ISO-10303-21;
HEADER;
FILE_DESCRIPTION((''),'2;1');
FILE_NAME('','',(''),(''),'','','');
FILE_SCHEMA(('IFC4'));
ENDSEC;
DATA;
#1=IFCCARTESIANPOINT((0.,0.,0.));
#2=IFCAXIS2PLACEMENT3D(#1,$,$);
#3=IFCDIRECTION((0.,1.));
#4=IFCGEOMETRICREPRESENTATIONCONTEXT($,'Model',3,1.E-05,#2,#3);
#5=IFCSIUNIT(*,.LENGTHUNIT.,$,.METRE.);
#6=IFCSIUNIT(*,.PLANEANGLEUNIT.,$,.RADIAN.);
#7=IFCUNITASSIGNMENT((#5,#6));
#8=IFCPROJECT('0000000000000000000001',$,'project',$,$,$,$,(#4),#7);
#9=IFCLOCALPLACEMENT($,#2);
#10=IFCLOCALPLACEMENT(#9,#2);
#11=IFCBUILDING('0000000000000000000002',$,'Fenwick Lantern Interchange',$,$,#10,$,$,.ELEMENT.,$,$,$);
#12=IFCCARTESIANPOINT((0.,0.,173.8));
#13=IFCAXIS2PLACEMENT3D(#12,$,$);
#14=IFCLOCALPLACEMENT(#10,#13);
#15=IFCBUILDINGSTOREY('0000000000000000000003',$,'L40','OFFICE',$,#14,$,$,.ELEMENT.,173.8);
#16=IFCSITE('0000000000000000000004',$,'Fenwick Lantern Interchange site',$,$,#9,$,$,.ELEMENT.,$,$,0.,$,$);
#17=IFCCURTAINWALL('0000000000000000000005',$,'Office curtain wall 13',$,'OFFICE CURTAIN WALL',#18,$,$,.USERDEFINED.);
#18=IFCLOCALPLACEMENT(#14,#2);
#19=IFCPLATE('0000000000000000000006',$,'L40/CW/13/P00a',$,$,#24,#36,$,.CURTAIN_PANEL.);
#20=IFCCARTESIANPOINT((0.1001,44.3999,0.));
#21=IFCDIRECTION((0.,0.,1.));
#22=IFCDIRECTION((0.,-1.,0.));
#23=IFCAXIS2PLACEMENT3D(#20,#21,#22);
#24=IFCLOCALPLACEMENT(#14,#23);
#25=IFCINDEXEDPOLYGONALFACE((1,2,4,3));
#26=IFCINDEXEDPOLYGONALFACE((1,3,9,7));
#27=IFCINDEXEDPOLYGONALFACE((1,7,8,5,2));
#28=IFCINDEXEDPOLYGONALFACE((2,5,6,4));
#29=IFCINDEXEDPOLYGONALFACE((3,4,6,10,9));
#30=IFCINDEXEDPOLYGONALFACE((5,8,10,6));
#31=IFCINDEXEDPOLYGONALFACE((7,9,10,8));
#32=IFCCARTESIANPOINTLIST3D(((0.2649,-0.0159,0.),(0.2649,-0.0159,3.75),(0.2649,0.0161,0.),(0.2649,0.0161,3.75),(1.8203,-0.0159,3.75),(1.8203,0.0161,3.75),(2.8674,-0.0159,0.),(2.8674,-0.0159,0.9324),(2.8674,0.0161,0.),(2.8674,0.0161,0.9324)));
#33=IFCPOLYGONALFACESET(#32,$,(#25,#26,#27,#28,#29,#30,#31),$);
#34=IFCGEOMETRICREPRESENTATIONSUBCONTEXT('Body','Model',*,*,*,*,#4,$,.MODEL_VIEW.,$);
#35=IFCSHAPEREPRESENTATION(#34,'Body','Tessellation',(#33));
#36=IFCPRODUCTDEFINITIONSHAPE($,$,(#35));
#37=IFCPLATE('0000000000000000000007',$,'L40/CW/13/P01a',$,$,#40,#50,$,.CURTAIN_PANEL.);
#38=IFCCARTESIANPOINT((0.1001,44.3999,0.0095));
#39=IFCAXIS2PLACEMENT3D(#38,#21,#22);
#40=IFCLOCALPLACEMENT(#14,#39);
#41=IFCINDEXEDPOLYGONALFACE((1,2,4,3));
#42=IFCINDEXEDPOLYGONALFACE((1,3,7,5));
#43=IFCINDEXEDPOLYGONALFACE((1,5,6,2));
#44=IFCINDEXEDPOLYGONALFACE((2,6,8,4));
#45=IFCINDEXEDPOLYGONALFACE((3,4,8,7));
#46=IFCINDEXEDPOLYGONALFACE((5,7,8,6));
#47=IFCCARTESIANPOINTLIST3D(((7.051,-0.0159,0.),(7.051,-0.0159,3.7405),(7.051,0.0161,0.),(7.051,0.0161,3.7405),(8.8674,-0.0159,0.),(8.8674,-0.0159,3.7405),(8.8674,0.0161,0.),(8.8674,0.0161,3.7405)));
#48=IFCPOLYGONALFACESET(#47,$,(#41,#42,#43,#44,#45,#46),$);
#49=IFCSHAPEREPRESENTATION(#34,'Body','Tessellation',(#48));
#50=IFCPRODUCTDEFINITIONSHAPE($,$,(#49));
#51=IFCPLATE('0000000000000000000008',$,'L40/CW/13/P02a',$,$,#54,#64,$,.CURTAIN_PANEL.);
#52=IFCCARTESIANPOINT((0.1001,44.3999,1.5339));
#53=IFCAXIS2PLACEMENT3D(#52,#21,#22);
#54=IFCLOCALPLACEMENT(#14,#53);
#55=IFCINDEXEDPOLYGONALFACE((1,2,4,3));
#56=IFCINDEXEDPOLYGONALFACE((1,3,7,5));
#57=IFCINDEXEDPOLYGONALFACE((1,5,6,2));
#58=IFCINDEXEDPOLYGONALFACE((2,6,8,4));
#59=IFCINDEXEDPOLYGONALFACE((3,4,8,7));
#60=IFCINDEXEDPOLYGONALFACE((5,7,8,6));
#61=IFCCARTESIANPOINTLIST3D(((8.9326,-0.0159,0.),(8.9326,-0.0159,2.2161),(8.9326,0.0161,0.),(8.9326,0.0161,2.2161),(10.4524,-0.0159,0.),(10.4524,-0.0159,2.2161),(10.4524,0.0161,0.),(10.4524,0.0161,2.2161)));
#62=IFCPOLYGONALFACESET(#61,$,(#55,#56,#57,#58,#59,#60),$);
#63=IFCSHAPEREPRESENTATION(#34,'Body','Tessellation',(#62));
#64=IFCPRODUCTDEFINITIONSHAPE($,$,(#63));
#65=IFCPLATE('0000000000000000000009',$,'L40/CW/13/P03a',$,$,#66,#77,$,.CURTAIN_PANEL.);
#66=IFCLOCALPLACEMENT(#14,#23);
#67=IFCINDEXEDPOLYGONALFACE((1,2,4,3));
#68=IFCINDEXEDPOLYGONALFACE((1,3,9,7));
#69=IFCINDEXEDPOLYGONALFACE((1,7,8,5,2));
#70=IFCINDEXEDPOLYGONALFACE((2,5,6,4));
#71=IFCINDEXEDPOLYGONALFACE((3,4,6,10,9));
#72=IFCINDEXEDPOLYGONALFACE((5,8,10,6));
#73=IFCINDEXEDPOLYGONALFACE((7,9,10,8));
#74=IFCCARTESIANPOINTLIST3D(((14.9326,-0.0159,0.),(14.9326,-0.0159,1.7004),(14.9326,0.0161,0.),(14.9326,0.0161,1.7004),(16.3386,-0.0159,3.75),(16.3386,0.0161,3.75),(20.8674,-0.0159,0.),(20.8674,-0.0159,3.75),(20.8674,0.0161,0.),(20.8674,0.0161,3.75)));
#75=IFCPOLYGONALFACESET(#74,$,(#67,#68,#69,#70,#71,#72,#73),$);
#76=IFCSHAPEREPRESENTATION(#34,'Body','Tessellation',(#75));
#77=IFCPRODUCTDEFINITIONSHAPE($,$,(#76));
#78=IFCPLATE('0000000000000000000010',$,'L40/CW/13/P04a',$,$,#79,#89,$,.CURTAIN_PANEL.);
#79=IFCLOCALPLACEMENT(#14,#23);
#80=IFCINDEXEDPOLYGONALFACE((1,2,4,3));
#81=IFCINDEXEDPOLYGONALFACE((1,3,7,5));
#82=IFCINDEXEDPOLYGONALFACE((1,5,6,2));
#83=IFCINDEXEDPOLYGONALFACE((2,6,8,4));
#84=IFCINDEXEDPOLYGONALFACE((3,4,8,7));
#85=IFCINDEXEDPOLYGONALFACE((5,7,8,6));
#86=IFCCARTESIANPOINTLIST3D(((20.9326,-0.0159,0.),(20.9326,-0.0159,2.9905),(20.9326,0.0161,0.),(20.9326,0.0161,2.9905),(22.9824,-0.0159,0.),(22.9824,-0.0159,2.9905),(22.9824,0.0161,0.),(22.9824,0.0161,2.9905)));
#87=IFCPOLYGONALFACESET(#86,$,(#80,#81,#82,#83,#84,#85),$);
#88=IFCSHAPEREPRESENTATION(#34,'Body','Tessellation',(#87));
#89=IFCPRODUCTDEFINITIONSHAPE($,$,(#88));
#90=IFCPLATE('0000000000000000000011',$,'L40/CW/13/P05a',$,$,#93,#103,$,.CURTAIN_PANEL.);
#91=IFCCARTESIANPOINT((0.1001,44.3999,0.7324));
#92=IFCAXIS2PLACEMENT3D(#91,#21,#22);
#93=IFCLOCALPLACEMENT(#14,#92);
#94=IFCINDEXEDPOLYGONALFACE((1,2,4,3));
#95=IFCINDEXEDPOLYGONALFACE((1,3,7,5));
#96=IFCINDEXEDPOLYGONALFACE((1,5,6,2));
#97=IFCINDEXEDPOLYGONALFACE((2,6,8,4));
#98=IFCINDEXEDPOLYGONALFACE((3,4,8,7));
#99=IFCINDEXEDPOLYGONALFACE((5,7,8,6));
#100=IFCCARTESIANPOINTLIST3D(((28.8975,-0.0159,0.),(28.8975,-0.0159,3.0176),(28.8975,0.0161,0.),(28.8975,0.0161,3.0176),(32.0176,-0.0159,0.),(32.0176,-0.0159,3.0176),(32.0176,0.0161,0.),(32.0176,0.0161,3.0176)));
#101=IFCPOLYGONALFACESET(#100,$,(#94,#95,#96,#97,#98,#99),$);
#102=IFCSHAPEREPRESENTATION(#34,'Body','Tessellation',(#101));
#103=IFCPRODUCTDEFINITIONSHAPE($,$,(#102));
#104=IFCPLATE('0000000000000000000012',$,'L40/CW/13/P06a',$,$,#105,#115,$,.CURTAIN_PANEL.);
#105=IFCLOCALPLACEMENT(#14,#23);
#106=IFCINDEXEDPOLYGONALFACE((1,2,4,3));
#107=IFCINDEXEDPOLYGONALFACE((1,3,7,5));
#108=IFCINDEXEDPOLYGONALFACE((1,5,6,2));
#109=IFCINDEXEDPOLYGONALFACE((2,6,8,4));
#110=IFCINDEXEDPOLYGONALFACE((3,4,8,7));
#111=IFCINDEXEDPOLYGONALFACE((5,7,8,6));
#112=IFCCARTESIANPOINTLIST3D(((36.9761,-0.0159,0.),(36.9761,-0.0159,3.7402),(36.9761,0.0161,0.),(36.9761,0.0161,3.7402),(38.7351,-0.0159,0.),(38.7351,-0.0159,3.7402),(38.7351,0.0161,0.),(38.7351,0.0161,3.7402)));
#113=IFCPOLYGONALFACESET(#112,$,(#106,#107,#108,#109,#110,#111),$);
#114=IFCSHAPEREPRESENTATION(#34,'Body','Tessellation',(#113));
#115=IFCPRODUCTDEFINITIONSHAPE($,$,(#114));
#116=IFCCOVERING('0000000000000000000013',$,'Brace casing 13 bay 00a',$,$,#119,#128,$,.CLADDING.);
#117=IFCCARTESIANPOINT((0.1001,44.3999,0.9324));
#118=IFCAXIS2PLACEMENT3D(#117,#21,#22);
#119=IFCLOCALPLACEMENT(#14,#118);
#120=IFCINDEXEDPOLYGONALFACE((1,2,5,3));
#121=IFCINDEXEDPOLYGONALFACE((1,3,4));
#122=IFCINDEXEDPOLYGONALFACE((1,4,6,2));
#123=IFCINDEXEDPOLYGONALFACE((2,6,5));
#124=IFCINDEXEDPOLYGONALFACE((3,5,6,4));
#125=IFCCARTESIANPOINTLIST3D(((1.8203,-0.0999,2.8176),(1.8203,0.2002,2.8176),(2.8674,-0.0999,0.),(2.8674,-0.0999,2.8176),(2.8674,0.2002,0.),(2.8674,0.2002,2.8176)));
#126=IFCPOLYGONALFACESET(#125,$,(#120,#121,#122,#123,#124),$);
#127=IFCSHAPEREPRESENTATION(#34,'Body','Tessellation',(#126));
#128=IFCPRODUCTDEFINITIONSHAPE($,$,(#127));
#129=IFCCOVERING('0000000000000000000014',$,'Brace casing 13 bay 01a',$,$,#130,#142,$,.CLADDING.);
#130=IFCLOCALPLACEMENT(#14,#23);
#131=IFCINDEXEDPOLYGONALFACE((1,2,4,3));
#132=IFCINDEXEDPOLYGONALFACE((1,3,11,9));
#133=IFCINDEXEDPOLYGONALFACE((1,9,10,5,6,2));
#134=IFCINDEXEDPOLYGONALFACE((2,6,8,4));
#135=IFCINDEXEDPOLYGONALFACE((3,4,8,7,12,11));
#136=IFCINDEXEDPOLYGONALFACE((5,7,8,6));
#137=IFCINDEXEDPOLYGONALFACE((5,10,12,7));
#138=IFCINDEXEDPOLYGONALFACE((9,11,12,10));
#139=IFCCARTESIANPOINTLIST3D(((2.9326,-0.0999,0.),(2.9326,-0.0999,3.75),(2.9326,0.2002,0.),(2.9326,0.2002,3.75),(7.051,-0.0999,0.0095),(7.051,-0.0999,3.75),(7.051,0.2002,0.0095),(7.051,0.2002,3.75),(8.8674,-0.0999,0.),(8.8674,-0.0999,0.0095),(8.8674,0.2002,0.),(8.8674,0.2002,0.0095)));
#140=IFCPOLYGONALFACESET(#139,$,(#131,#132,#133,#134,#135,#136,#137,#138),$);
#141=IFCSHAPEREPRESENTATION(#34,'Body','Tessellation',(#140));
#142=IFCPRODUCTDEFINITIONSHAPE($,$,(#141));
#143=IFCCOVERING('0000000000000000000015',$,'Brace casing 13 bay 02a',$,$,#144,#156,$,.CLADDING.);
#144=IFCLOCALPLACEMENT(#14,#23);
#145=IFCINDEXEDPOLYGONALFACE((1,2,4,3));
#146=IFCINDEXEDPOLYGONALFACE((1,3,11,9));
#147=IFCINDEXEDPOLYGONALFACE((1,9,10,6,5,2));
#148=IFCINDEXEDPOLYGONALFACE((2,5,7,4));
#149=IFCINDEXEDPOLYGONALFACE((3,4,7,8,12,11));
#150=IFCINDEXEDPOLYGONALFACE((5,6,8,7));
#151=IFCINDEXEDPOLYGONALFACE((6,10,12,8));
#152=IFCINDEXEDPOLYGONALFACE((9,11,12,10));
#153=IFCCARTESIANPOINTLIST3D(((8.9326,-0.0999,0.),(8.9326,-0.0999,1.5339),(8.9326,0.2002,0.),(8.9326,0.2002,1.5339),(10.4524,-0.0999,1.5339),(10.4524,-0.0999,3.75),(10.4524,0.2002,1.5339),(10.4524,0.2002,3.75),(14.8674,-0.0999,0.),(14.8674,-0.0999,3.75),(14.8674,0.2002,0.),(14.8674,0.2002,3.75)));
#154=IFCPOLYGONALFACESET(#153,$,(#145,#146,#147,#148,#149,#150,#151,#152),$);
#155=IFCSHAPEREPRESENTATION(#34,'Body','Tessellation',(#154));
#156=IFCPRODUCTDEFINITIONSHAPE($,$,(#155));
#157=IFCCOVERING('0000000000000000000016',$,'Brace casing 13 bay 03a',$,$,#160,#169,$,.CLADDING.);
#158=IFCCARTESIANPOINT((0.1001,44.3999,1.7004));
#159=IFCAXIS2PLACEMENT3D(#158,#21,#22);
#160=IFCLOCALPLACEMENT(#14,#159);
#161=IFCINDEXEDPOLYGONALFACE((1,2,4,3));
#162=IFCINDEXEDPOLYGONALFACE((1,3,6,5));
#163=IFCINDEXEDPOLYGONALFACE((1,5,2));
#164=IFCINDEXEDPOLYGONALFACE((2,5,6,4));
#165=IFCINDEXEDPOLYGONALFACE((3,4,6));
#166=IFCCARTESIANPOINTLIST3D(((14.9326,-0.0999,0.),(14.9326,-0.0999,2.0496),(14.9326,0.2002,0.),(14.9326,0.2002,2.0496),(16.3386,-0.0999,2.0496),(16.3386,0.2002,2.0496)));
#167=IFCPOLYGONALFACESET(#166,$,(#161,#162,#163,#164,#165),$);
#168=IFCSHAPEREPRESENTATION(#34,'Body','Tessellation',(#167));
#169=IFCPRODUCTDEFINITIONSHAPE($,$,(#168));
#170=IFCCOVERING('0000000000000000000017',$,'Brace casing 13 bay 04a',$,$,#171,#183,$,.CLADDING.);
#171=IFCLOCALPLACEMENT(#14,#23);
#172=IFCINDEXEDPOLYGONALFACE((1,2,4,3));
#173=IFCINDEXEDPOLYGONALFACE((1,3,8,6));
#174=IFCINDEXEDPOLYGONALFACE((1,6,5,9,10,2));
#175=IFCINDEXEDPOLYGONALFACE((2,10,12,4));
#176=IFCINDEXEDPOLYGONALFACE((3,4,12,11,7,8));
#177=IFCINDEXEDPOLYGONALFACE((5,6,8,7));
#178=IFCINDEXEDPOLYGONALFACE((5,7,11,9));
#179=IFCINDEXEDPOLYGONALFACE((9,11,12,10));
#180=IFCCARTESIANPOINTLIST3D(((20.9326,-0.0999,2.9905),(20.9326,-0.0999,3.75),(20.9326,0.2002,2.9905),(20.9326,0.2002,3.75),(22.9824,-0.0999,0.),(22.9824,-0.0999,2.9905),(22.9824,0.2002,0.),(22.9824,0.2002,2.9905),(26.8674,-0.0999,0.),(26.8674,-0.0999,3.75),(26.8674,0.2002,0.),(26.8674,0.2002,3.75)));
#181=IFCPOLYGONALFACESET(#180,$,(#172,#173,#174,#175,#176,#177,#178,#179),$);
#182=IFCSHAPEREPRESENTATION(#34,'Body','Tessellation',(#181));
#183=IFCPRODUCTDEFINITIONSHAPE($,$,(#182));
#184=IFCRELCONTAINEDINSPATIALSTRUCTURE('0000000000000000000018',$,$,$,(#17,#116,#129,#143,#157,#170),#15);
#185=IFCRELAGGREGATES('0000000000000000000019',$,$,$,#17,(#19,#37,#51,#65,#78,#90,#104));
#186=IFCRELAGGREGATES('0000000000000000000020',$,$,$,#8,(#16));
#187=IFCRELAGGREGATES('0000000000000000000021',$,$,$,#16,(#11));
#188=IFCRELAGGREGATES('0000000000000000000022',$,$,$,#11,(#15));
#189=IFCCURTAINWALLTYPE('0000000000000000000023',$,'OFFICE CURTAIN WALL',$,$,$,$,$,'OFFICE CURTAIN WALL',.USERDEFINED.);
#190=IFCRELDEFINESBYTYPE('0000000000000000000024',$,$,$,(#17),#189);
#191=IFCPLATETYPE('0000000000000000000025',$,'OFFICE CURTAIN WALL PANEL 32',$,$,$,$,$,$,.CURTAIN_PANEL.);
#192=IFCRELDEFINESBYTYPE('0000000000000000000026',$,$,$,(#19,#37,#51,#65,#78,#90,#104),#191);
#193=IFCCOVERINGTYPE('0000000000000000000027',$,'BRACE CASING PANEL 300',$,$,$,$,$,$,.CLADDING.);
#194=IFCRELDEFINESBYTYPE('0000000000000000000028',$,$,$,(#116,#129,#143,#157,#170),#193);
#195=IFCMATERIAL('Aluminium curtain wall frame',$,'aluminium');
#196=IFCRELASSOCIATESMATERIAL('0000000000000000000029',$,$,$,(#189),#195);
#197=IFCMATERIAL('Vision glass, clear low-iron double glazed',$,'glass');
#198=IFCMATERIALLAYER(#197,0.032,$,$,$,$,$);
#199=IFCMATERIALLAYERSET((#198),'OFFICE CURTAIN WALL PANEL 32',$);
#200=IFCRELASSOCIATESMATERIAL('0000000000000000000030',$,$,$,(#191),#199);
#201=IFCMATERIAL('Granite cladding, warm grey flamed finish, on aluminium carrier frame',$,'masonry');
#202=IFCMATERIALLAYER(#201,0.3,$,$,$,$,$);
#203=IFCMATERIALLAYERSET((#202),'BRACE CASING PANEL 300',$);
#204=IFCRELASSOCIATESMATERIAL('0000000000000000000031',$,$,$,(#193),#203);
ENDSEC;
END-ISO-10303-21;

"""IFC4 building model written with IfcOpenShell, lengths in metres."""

from ifc_helpers import new_model, si_unit, direction, frame, origin, place, context, subcontext, project, spatial, polyline, outline, extrude, material, layer, layer_set, type_object, element, aggregate, save


model = new_model("IFC4")

# Units and contexts
model_context = context("Model", 3, precision=1e-05, world=origin(), true_north=direction((0.0, 1.0)))
body_context = subcontext(model_context, "Body", "Model", "MODEL_VIEW")
ifc_project = project(units=[si_unit("LENGTHUNIT", "METRE"), si_unit("PLANEANGLEUNIT", "RADIAN")], contexts=[model_context])

# Site, building, storey
site_placement = place(None, origin())
site = spatial("IfcSite", under=ifc_project, at=site_placement, Name="Fenwick Lantern Interchange site", CompositionType="ELEMENT", RefElevation=0.0)
building_placement = place(site_placement, origin())
building = spatial("IfcBuilding", under=site, at=building_placement, Name="Fenwick Lantern Interchange", CompositionType="ELEMENT")
storey_placement = place(building_placement, frame((0.0, 0.0, 173.8)))
storey = spatial("IfcBuildingStorey", under=building, at=storey_placement, Name="L40", Description="OFFICE", CompositionType="ELEMENT", Elevation=173.8)

# Shared definitions
ifc_material_1 = material(Name="Aluminium curtain wall frame", Category="aluminium")
curtain_wall_type = type_object("IfcCurtainWallType", Name="OFFICE CURTAIN WALL", ElementType="OFFICE CURTAIN WALL", PredefinedType="USERDEFINED", material=ifc_material_1)

# Curtain wall
curtain_wall_1_placement = place(storey_placement, origin())
curtain_wall_1 = element("IfcCurtainWall", 1, at=curtain_wall_1_placement, inside=storey, type_object=curtain_wall_type, Name="Office curtain wall 13", ObjectType="OFFICE CURTAIN WALL", PredefinedType="USERDEFINED")

# Plates
ifc_material_2 = material(Name="Vision glass, clear low-iron double glazed", Category="glass")
ifc_layer_1 = layer(ifc_material_2, 0.032)
ifc_layer_set_1 = layer_set([ifc_layer_1], Name="OFFICE CURTAIN WALL PANEL 32")
plate_type = type_object("IfcPlateType", Name="OFFICE CURTAIN WALL PANEL 32", PredefinedType="CURTAIN_PANEL", material=ifc_layer_set_1)
plate_1_placement = place(storey_placement, frame((0.1001, 44.3999, 0.0), z_axis=(0.0, 0.0, 1.0), x_axis=(0.0, -1.0, 0.0)))
plate_1 = element("IfcPlate", 2, at=plate_1_placement, type_object=plate_type, Name="L40/CW/13/P00a", PredefinedType="CURTAIN_PANEL", context=body_context, shape_type="SweptSolid", body=[
    extrude(outline(polyline([(0.2649, 0.0), (2.8674, 0.0), (2.8674, 0.9324), (1.8203, 3.75), (0.2649, 3.75), (0.2649, 0.0)])), frame((0.0, 0.0161, 0.0), z_axis=(0.0, -1.0, 0.0), x_axis=(1.0, 0.0, 0.0)), (0.0, 0.0, 1.0), 0.032),
])
plate_2_placement = place(storey_placement, frame((0.1001, 44.3999, 0.0095), z_axis=(0.0, 0.0, 1.0), x_axis=(0.0, -1.0, 0.0)))
plate_2 = element("IfcPlate", 3, at=plate_2_placement, type_object=plate_type, Name="L40/CW/13/P01a", PredefinedType="CURTAIN_PANEL", context=body_context, shape_type="SweptSolid", body=[
    extrude(outline(polyline([(7.051, 0.0), (8.8674, 0.0), (8.8674, 3.7405), (7.051, 3.7405), (7.051, 0.0)])), frame((0.0, 0.0161, 0.0), z_axis=(0.0, -1.0, 0.0), x_axis=(1.0, 0.0, 0.0)), (0.0, 0.0, 1.0), 0.032),
])
plate_3_placement = place(storey_placement, frame((0.1001, 44.3999, 1.5339), z_axis=(0.0, 0.0, 1.0), x_axis=(0.0, -1.0, 0.0)))
plate_3 = element("IfcPlate", 4, at=plate_3_placement, type_object=plate_type, Name="L40/CW/13/P02a", PredefinedType="CURTAIN_PANEL", context=body_context, shape_type="SweptSolid", body=[
    extrude(outline(polyline([(8.9326, 0.0), (10.4524, 0.0), (10.4524, 2.2161), (8.9326, 2.2161), (8.9326, 0.0)])), frame((0.0, 0.0161, 0.0), z_axis=(0.0, -1.0, 0.0), x_axis=(1.0, 0.0, 0.0)), (0.0, 0.0, 1.0), 0.032),
])
plate_4_placement = place(storey_placement, frame((0.1001, 44.3999, 0.0), z_axis=(0.0, 0.0, 1.0), x_axis=(0.0, -1.0, 0.0)))
plate_4 = element("IfcPlate", 5, at=plate_4_placement, type_object=plate_type, Name="L40/CW/13/P03a", PredefinedType="CURTAIN_PANEL", context=body_context, shape_type="SweptSolid", body=[
    extrude(outline(polyline([(14.9326, 0.0), (20.8674, 0.0), (20.8674, 3.75), (16.3386, 3.75), (14.9326, 1.7004), (14.9326, 0.0)])), frame((0.0, 0.0161, 0.0), z_axis=(0.0, -1.0, 0.0), x_axis=(1.0, 0.0, 0.0)), (0.0, 0.0, 1.0), 0.032),
])
plate_5_placement = place(storey_placement, frame((0.1001, 44.3999, 0.0), z_axis=(0.0, 0.0, 1.0), x_axis=(0.0, -1.0, 0.0)))
plate_5 = element("IfcPlate", 6, at=plate_5_placement, type_object=plate_type, Name="L40/CW/13/P04a", PredefinedType="CURTAIN_PANEL", context=body_context, shape_type="SweptSolid", body=[
    extrude(outline(polyline([(20.9326, 0.0), (22.9824, 0.0), (22.9824, 2.9905), (20.9326, 2.9905), (20.9326, 0.0)])), frame((0.0, 0.0161, 0.0), z_axis=(0.0, -1.0, 0.0), x_axis=(1.0, 0.0, 0.0)), (0.0, 0.0, 1.0), 0.032),
])
plate_6_placement = place(storey_placement, frame((0.1001, 44.3999, 0.7324), z_axis=(0.0, 0.0, 1.0), x_axis=(0.0, -1.0, 0.0)))
plate_6 = element("IfcPlate", 7, at=plate_6_placement, type_object=plate_type, Name="L40/CW/13/P05a", PredefinedType="CURTAIN_PANEL", context=body_context, shape_type="SweptSolid", body=[
    extrude(outline(polyline([(28.8975, 0.0), (32.0176, 0.0), (32.0176, 3.0176), (28.8975, 3.0176), (28.8975, 0.0)])), frame((0.0, 0.0161, 0.0), z_axis=(0.0, -1.0, 0.0), x_axis=(1.0, 0.0, 0.0)), (0.0, 0.0, 1.0), 0.032),
])
plate_7_placement = place(storey_placement, frame((0.1001, 44.3999, 0.0), z_axis=(0.0, 0.0, 1.0), x_axis=(0.0, -1.0, 0.0)))
plate_7 = element("IfcPlate", 8, at=plate_7_placement, type_object=plate_type, Name="L40/CW/13/P06a", PredefinedType="CURTAIN_PANEL", context=body_context, shape_type="SweptSolid", body=[
    extrude(outline(polyline([(36.9761, 0.0), (38.7351, 0.0), (38.7351, 3.7402), (36.9761, 3.7402), (36.9761, 0.0)])), frame((0.0, 0.0161, 0.0), z_axis=(0.0, -1.0, 0.0), x_axis=(1.0, 0.0, 0.0)), (0.0, 0.0, 1.0), 0.032),
])
aggregate(curtain_wall_1, [plate_1, plate_2, plate_3, plate_4, plate_5, plate_6, plate_7])

# Coverings
ifc_material_3 = material(Name="Granite cladding, warm grey flamed finish, on aluminium carrier frame", Category="masonry")
ifc_layer_2 = layer(ifc_material_3, 0.3)
ifc_layer_set_2 = layer_set([ifc_layer_2], Name="BRACE CASING PANEL 300")
covering_type = type_object("IfcCoveringType", Name="BRACE CASING PANEL 300", PredefinedType="CLADDING", material=ifc_layer_set_2)
covering_1_placement = place(storey_placement, frame((0.1001, 44.3999, 0.9324), z_axis=(0.0, 0.0, 1.0), x_axis=(0.0, -1.0, 0.0)))
element("IfcCovering", 9, at=covering_1_placement, inside=storey, type_object=covering_type, Name="Brace casing 13 bay 00a", PredefinedType="CLADDING", context=body_context, shape_type="SweptSolid", body=[
    extrude(outline(polyline([(2.8674, 0.0), (2.8674, 2.8176), (1.8203, 2.8176), (2.8674, 0.0)])), frame((0.0, 0.2002, 0.0), z_axis=(0.0, -1.0, 0.0), x_axis=(1.0, 0.0, 0.0)), (0.0, 0.0, 1.0), 0.3),
])
covering_2_placement = place(storey_placement, frame((0.1001, 44.3999, 0.0), z_axis=(0.0, 0.0, 1.0), x_axis=(0.0, -1.0, 0.0)))
element("IfcCovering", 10, at=covering_2_placement, inside=storey, type_object=covering_type, Name="Brace casing 13 bay 01a", PredefinedType="CLADDING", context=body_context, shape_type="SweptSolid", body=[
    extrude(outline(polyline([(2.9326, 0.0), (8.8674, 0.0), (8.8674, 0.0095), (7.051, 0.0095), (7.051, 3.75), (2.9326, 3.75), (2.9326, 0.0)])), frame((0.0, 0.2002, 0.0), z_axis=(0.0, -1.0, 0.0), x_axis=(1.0, 0.0, 0.0)), (0.0, 0.0, 1.0), 0.3),
])
covering_3_placement = place(storey_placement, frame((0.1001, 44.3999, 0.0), z_axis=(0.0, 0.0, 1.0), x_axis=(0.0, -1.0, 0.0)))
element("IfcCovering", 11, at=covering_3_placement, inside=storey, type_object=covering_type, Name="Brace casing 13 bay 02a", PredefinedType="CLADDING", context=body_context, shape_type="SweptSolid", body=[
    extrude(outline(polyline([(8.9326, 0.0), (14.8674, 0.0), (14.8674, 3.75), (10.4524, 3.75), (10.4524, 1.5339), (8.9326, 1.5339), (8.9326, 0.0)])), frame((0.0, 0.2002, 0.0), z_axis=(0.0, -1.0, 0.0), x_axis=(1.0, 0.0, 0.0)), (0.0, 0.0, 1.0), 0.3),
])
covering_4_placement = place(storey_placement, frame((0.1001, 44.3999, 1.7004), z_axis=(0.0, 0.0, 1.0), x_axis=(0.0, -1.0, 0.0)))
element("IfcCovering", 12, at=covering_4_placement, inside=storey, type_object=covering_type, Name="Brace casing 13 bay 03a", PredefinedType="CLADDING", context=body_context, shape_type="SweptSolid", body=[
    extrude(outline(polyline([(14.9326, 0.0), (16.3386, 2.0496), (14.9326, 2.0496), (14.9326, 0.0)])), frame((0.0, 0.2002, 0.0), z_axis=(0.0, -1.0, 0.0), x_axis=(1.0, 0.0, 0.0)), (0.0, 0.0, 1.0), 0.3),
])
covering_5_placement = place(storey_placement, frame((0.1001, 44.3999, 0.0), z_axis=(0.0, 0.0, 1.0), x_axis=(0.0, -1.0, 0.0)))
element("IfcCovering", 13, at=covering_5_placement, inside=storey, type_object=covering_type, Name="Brace casing 13 bay 04a", PredefinedType="CLADDING", context=body_context, shape_type="SweptSolid", body=[
    extrude(outline(polyline([(22.9824, 0.0), (26.8674, 0.0), (26.8674, 3.75), (20.9326, 3.75), (20.9326, 2.9905), (22.9824, 2.9905), (22.9824, 0.0)])), frame((0.0, 0.2002, 0.0), z_axis=(0.0, -1.0, 0.0), x_axis=(1.0, 0.0, 0.0)), (0.0, 0.0, 1.0), 0.3),
])

save(model, "model.ifc")
